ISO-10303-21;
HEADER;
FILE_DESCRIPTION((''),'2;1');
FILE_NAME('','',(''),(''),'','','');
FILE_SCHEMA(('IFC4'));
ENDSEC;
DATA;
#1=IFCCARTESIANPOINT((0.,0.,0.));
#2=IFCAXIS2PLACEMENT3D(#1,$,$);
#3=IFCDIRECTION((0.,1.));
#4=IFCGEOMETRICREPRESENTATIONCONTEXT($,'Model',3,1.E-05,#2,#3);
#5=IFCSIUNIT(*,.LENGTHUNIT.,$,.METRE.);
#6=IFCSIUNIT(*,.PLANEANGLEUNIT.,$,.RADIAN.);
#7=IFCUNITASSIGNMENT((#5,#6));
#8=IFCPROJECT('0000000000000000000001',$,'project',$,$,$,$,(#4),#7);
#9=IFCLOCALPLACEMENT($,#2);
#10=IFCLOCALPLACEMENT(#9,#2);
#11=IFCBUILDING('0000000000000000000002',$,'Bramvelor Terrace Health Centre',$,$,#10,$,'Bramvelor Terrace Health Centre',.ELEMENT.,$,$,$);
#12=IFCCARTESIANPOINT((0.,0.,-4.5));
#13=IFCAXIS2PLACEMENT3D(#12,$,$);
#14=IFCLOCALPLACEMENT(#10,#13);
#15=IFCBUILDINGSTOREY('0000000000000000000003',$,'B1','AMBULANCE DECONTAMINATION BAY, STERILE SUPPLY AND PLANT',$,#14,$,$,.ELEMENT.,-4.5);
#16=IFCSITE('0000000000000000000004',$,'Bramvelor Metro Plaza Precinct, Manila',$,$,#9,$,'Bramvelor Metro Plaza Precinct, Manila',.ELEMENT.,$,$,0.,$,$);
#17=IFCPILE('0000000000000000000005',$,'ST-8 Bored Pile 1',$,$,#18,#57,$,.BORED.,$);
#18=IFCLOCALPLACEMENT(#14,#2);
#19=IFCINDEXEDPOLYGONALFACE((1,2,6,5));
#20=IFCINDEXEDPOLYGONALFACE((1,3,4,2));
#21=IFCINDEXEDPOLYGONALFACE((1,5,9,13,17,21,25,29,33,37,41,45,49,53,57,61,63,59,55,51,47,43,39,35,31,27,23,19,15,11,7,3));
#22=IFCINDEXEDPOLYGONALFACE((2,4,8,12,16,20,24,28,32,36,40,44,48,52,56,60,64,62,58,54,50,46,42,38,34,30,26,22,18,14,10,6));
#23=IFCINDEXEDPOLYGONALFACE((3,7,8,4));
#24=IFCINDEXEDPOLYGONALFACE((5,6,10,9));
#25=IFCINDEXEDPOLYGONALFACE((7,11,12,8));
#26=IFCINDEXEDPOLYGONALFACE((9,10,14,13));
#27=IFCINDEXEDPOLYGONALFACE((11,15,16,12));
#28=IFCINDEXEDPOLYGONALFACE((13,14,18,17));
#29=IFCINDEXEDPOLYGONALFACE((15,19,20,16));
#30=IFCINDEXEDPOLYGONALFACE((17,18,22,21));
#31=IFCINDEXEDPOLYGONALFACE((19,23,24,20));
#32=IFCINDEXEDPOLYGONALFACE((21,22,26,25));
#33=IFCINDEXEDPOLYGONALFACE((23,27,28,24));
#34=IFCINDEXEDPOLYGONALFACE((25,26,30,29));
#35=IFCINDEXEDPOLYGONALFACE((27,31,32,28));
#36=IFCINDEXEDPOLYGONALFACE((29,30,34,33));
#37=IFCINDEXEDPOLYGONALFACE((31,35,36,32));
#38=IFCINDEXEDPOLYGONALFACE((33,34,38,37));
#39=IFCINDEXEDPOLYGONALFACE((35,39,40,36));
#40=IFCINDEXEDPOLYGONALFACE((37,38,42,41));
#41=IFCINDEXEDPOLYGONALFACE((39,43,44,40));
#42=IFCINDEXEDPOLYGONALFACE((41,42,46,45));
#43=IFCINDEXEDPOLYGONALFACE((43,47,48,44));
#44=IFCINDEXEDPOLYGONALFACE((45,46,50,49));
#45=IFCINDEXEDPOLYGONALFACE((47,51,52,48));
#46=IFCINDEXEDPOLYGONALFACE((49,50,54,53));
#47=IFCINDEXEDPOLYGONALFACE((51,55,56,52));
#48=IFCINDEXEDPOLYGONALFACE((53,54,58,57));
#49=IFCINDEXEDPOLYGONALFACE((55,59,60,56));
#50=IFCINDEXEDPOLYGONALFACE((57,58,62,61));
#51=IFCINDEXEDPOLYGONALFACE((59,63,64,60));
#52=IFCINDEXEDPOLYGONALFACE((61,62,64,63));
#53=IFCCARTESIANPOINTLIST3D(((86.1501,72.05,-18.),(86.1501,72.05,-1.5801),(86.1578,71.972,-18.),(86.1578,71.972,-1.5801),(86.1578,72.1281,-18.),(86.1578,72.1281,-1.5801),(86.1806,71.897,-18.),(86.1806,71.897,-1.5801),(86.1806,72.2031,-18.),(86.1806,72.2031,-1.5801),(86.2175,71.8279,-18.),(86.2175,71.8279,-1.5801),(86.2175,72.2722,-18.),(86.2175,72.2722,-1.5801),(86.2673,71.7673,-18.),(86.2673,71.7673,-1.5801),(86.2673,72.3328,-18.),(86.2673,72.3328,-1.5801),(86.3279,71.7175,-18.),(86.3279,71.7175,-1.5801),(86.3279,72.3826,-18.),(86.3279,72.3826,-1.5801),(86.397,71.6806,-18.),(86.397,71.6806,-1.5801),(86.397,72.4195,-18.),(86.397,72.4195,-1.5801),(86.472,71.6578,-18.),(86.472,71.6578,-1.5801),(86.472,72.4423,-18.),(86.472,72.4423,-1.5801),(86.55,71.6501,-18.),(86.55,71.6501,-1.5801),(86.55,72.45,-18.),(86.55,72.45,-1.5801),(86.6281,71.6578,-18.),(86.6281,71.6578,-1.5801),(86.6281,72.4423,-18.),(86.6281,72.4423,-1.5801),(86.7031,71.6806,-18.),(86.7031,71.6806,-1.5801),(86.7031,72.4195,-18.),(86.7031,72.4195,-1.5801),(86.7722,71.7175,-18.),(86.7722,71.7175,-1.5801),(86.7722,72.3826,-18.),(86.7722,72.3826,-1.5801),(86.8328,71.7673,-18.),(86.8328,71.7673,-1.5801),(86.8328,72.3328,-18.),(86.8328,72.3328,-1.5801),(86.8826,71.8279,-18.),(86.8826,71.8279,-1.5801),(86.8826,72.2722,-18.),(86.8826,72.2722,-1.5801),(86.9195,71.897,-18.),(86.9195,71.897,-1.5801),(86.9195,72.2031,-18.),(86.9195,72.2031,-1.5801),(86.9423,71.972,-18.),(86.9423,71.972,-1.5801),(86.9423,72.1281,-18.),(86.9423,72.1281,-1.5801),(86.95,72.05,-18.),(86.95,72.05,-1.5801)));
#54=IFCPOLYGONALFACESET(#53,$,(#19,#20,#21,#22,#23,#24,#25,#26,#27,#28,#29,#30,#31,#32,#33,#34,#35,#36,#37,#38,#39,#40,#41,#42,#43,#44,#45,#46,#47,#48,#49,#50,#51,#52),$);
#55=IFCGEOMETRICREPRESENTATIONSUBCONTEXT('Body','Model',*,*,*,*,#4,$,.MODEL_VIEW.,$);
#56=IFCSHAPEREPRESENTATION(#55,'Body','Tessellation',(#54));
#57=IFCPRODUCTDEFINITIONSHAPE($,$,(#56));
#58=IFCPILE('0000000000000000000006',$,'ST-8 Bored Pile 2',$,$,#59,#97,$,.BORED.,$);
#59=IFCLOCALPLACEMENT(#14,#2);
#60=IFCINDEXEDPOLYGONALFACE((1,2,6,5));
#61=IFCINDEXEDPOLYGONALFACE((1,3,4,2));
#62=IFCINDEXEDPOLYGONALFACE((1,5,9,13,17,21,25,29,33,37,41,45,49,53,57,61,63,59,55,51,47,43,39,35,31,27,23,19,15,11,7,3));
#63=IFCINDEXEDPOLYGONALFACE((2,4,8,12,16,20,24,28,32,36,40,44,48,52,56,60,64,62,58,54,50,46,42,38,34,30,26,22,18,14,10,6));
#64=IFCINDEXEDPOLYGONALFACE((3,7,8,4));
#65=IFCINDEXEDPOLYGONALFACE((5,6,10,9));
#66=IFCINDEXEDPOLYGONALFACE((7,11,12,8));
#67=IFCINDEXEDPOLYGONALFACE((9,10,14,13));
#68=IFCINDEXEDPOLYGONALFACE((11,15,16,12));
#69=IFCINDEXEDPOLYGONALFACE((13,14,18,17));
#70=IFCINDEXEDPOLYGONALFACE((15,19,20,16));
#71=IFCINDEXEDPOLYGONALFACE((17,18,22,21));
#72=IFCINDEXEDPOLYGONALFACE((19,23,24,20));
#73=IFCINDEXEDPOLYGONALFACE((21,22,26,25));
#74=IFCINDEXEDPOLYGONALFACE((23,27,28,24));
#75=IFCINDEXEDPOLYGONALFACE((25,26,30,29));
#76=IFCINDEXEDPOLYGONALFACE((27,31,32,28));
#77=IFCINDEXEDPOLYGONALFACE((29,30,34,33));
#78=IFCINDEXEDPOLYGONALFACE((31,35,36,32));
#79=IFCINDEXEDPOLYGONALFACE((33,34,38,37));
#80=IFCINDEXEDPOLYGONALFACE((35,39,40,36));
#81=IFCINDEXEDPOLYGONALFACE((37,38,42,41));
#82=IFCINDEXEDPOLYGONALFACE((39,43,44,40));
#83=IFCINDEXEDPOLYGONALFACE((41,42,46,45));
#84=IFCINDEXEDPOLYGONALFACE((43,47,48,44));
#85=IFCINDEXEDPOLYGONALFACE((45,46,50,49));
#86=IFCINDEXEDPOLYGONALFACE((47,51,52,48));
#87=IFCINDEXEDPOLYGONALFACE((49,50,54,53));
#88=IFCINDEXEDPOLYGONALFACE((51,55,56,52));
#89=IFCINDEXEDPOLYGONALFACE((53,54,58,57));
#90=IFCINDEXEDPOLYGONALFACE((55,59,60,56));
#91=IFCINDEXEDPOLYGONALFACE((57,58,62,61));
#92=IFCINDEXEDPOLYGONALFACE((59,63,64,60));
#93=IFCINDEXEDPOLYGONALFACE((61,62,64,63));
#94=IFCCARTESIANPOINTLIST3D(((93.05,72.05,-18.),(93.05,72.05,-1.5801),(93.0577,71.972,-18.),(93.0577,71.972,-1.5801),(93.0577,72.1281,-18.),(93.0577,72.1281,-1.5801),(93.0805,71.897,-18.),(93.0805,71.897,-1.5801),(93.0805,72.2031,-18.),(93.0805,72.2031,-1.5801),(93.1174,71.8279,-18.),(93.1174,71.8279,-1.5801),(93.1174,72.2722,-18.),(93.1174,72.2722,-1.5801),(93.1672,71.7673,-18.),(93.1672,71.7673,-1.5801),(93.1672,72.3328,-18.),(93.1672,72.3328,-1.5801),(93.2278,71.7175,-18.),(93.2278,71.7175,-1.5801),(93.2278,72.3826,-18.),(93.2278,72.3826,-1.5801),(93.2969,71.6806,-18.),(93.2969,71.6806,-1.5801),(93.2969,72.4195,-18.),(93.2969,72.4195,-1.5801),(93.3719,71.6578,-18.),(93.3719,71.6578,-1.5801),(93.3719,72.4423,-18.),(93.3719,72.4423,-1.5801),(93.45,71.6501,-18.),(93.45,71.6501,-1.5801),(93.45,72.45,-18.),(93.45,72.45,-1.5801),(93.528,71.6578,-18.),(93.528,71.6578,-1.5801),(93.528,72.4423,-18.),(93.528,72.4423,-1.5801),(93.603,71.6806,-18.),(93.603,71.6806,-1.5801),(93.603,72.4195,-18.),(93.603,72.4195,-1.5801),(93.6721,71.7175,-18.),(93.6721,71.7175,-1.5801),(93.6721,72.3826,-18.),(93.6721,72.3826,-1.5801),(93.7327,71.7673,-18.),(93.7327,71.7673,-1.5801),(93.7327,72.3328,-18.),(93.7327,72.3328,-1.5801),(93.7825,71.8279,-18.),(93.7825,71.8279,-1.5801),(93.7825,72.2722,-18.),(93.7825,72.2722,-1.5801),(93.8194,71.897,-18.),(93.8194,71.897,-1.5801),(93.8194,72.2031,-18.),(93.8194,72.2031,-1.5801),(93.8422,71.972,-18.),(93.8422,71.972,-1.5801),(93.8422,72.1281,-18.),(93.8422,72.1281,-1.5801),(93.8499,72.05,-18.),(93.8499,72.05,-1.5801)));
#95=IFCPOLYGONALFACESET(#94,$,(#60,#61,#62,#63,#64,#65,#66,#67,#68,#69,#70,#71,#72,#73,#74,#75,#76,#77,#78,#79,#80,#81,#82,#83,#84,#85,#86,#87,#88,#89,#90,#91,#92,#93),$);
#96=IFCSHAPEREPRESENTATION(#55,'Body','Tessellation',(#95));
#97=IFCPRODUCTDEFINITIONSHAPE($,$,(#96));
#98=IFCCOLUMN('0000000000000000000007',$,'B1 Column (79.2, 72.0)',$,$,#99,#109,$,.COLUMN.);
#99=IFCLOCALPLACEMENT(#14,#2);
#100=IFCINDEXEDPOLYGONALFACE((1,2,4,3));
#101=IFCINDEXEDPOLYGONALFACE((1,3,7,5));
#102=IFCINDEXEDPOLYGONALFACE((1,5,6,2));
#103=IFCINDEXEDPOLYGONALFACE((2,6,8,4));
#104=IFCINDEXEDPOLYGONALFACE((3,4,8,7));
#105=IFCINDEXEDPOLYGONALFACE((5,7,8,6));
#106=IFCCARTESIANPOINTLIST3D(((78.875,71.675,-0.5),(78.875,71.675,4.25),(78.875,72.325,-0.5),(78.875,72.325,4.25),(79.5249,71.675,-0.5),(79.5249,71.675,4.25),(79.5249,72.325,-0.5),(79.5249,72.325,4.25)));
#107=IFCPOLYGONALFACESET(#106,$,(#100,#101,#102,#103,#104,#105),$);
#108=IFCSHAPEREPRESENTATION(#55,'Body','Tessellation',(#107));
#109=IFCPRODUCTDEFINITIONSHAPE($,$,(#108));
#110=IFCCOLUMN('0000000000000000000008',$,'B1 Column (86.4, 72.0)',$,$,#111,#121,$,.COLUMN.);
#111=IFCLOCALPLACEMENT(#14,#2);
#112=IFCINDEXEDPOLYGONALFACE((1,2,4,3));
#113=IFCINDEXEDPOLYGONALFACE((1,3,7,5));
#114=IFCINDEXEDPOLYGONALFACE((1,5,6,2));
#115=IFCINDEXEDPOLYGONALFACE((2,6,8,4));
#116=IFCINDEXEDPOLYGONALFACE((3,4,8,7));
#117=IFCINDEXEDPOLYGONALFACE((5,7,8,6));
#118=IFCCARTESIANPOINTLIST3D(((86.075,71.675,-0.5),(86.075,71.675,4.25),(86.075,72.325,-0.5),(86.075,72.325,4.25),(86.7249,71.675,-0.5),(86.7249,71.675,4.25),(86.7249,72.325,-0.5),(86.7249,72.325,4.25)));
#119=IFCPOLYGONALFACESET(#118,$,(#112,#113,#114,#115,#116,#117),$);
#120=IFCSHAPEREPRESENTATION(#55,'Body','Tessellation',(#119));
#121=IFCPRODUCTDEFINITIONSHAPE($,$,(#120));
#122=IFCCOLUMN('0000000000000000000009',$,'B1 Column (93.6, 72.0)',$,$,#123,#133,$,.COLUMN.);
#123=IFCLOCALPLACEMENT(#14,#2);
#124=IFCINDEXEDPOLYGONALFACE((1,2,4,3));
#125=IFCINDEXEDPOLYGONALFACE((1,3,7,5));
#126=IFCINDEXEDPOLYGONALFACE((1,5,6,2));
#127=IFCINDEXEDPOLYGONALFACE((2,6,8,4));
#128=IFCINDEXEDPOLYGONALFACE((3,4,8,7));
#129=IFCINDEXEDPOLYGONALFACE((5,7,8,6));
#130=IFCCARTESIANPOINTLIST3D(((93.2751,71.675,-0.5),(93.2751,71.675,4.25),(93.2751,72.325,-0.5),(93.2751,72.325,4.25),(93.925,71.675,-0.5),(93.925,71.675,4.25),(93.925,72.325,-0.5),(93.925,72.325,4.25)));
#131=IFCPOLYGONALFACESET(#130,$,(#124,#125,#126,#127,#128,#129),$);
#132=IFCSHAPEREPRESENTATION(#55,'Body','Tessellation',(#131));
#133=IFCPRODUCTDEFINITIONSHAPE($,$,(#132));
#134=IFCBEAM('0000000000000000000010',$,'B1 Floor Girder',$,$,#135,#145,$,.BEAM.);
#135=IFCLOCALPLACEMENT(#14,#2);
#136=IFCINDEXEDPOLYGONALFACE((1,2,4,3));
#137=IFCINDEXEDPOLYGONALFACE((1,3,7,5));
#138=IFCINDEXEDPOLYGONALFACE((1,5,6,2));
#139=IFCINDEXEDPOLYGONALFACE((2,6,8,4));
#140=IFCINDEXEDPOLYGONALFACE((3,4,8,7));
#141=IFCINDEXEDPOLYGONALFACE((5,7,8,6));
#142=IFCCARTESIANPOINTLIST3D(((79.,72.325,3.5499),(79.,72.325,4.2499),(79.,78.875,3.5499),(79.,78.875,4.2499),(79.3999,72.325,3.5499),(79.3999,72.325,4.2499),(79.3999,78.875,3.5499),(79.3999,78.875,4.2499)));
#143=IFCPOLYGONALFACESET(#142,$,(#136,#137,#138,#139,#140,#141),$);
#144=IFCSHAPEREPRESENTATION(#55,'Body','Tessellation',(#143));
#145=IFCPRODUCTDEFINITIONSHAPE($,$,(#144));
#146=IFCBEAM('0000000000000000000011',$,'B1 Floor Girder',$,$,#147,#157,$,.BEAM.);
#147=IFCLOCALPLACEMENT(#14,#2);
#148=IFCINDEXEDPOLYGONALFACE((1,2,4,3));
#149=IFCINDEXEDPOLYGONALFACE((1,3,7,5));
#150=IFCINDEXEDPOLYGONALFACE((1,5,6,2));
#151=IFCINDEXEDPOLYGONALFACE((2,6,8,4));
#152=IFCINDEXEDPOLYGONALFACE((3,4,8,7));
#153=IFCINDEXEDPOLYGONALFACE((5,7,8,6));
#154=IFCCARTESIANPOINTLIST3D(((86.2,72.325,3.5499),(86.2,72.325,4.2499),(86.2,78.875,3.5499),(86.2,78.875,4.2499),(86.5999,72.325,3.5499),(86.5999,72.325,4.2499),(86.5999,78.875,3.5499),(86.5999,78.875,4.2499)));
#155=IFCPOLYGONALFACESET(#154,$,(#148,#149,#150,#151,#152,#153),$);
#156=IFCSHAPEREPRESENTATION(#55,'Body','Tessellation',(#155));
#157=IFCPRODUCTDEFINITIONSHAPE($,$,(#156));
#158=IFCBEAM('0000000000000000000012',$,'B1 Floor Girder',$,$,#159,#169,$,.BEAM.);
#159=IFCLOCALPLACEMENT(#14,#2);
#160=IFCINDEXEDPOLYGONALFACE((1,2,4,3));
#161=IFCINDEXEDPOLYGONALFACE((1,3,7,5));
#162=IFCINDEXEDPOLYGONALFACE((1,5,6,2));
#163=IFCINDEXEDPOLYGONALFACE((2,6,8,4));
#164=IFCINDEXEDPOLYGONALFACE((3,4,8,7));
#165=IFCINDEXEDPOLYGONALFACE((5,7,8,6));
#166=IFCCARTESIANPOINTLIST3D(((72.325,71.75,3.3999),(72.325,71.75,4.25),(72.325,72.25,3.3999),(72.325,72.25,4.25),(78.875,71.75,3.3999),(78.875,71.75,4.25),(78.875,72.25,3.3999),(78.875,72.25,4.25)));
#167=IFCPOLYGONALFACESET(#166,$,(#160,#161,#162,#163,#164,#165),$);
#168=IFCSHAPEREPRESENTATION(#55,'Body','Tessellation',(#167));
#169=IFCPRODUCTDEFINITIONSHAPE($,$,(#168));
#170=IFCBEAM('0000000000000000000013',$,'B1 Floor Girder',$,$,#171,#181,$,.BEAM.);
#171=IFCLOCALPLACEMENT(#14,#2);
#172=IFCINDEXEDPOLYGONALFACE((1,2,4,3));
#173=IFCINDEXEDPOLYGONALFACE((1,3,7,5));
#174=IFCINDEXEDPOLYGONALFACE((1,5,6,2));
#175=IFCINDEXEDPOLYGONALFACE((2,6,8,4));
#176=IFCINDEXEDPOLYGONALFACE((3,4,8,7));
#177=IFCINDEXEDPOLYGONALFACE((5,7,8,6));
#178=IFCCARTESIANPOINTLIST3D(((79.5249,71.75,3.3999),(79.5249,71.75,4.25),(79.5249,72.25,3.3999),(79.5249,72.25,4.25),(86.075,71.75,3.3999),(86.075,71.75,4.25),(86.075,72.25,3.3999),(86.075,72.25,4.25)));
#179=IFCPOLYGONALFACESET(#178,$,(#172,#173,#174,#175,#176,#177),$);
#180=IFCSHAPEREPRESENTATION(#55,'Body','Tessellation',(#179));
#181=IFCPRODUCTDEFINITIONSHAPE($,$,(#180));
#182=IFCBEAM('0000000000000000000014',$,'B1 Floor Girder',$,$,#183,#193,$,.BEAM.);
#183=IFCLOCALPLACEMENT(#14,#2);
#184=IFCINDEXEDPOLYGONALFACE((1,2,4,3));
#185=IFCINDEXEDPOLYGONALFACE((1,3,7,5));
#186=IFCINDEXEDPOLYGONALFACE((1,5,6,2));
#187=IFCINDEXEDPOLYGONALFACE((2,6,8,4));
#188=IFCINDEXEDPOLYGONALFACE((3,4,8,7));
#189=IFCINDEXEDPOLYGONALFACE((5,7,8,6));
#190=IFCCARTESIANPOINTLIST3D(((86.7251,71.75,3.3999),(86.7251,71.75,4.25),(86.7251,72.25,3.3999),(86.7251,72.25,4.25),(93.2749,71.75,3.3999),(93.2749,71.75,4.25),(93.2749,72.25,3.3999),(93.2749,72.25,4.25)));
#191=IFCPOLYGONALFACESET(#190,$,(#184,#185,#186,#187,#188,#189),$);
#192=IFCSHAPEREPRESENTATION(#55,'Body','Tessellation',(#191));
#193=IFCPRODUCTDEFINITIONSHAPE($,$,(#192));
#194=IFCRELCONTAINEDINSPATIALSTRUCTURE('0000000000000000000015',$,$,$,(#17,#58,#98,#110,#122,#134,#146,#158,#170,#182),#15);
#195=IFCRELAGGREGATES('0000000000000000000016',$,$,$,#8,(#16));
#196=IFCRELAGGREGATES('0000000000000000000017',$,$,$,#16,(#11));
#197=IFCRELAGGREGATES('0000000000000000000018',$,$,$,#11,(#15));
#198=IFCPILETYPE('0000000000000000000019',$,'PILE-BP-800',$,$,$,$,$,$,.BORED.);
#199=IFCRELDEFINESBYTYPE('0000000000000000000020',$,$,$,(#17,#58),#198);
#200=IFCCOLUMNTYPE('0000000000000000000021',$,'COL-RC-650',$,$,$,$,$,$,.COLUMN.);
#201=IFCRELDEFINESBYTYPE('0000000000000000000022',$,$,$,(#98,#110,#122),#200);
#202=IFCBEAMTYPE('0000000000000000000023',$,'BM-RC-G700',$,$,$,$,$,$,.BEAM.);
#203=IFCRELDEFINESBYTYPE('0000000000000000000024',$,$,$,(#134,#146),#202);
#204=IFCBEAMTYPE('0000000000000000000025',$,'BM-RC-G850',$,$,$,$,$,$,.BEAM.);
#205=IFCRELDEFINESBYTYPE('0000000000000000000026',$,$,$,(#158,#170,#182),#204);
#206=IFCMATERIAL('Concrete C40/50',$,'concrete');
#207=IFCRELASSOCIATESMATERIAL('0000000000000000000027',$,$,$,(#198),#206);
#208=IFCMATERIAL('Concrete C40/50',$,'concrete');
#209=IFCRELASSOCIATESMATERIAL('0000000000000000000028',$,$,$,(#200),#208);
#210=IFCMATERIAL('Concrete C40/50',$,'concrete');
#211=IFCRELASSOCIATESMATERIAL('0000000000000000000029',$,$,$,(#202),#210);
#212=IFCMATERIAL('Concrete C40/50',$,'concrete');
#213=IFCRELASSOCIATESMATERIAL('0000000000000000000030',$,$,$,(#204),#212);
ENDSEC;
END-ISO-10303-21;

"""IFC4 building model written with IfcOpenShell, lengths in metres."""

from ifc_helpers import new_model, si_unit, direction, frame, origin, origin_2d, place, context, subcontext, project, spatial, rectangle, circle, extrude, material, material_profile, profile_set, type_object, element, save


model = new_model("IFC4")

# Units and contexts
model_context = context("Model", 3, precision=1e-05, world=origin(), true_north=direction((0.0, 1.0)))
body_context = subcontext(model_context, "Body", "Model", "MODEL_VIEW")
ifc_project = project(units=[si_unit("LENGTHUNIT", "METRE"), si_unit("PLANEANGLEUNIT", "RADIAN")], contexts=[model_context])

# Site, building, storey
site_placement = place(None, origin())
site = spatial("IfcSite", under=ifc_project, at=site_placement, Name="Bramvelor Metro Plaza Precinct, Manila", LongName="Bramvelor Metro Plaza Precinct, Manila", CompositionType="ELEMENT", RefElevation=0.0)
building_placement = place(site_placement, origin())
building = spatial("IfcBuilding", under=site, at=building_placement, Name="Bramvelor Terrace Health Centre", LongName="Bramvelor Terrace Health Centre", CompositionType="ELEMENT")
storey_placement = place(building_placement, frame((0.0, 0.0, -4.5)))
storey = spatial("IfcBuildingStorey", under=building, at=storey_placement, Name="B1", Description="AMBULANCE DECONTAMINATION BAY, STERILE SUPPLY AND PLANT", CompositionType="ELEMENT", Elevation=-4.5)

# Piles
ifc_material_1 = material(Name="Concrete C40/50", Category="concrete")
ifc_material_profile_1 = material_profile(ifc_material_1, circle(Radius=0.3999, at=origin_2d()), Name="BP D800")
ifc_profile_set_1 = profile_set([ifc_material_profile_1], Name="Concrete C40/50")
pile_type_1 = type_object("IfcPileType", Name="PILE-BP-800", PredefinedType="BORED", material=ifc_profile_set_1)
for number, where, z_axis, x_axis, name in (
    (1, (86.55, 72.05, -1.5801), (0.0, 0.0, -1.0), (1.0, 0.0, 0.0), "ST-8 Bored Pile 1"),
    (2, (93.45, 72.05, -1.5801), (0.0, 0.0, -1.0), (1.0, 0.0, 0.0), "ST-8 Bored Pile 2"),
):
    element("IfcPile", number, at=place(storey_placement, frame(where, z_axis=z_axis, x_axis=x_axis)), inside=storey, type_object=pile_type_1, Name=name, PredefinedType="BORED", context=body_context, shape_type="SweptSolid", body=[
        extrude(circle(Radius=0.3999, at=origin_2d()), origin(), (0.0, 0.0, 1.0), 16.4199),
    ])

# Columns
ifc_material_2 = material(Name="Concrete C40/50", Category="concrete")
ifc_material_profile_2 = material_profile(ifc_material_2, rectangle(XDim=0.6499, YDim=0.6499, at=origin_2d()), Name="RC 650x650")
ifc_profile_set_2 = profile_set([ifc_material_profile_2], Name="Concrete C40/50")
column_type = type_object("IfcColumnType", Name="COL-RC-650", PredefinedType="COLUMN", material=ifc_profile_set_2)
for number, where, z_axis, x_axis, name in (
    (3, (79.2, 72.0, -0.5), (0.0, 0.0, 1.0), (1.0, 0.0, 0.0), "B1 Column (79.2, 72.0)"),
    (4, (86.3999, 72.0, -0.5), (0.0, 0.0, 1.0), (1.0, 0.0, 0.0), "B1 Column (86.4, 72.0)"),
    (5, (93.6001, 72.0, -0.5), (0.0, 0.0, 1.0), (1.0, 0.0, 0.0), "B1 Column (93.6, 72.0)"),
):
    element("IfcColumn", number, at=place(storey_placement, frame(where, z_axis=z_axis, x_axis=x_axis)), inside=storey, type_object=column_type, Name=name, PredefinedType="COLUMN", context=body_context, shape_type="SweptSolid", body=[
        extrude(rectangle(XDim=0.6499, YDim=0.6499, at=origin_2d()), origin(), (0.0, 0.0, 1.0), 4.75),
    ])

# Beams
ifc_material_3 = material(Name="Concrete C40/50", Category="concrete")
ifc_material_profile_3 = material_profile(ifc_material_3, rectangle(XDim=0.3999, YDim=0.7, at=origin_2d()), Name="RC 400x700")
ifc_profile_set_3 = profile_set([ifc_material_profile_3], Name="Concrete C40/50")
beam_type_1 = type_object("IfcBeamType", Name="BM-RC-G700", PredefinedType="BEAM", material=ifc_profile_set_3)
for number, where, z_axis, x_axis, name in (
    (6, (79.2, 72.325, 3.8999), (0.0, 1.0, 0.0), (-1.0, 0.0, 0.0), "B1 Floor Girder"),
    (7, (86.3999, 72.325, 3.8999), (0.0, 1.0, 0.0), (-1.0, 0.0, 0.0), "B1 Floor Girder"),
):
    element("IfcBeam", number, at=place(storey_placement, frame(where, z_axis=z_axis, x_axis=x_axis)), inside=storey, type_object=beam_type_1, Name=name, PredefinedType="BEAM", context=body_context, shape_type="SweptSolid", body=[
        extrude(rectangle(XDim=0.3999, YDim=0.7, at=origin_2d()), origin(), (0.0, 0.0, 1.0), 6.55),
    ])
ifc_material_4 = material(Name="Concrete C40/50", Category="concrete")
ifc_material_profile_4 = material_profile(ifc_material_4, rectangle(XDim=0.5, YDim=0.8501, at=origin_2d()), Name="RC 500x850")
ifc_profile_set_4 = profile_set([ifc_material_profile_4], Name="Concrete C40/50")
beam_type_2 = type_object("IfcBeamType", Name="BM-RC-G850", PredefinedType="BEAM", material=ifc_profile_set_4)
for number, where, z_axis, x_axis, name in (
    (8, (72.325, 72.0, 3.825), (1.0, 0.0, 0.0), (0.0, 1.0, 0.0), "B1 Floor Girder"),
    (9, (79.5249, 72.0, 3.825), (1.0, 0.0, 0.0), (0.0, 1.0, 0.0), "B1 Floor Girder"),
):
    element("IfcBeam", number, at=place(storey_placement, frame(where, z_axis=z_axis, x_axis=x_axis)), inside=storey, type_object=beam_type_2, Name=name, PredefinedType="BEAM", context=body_context, shape_type="SweptSolid", body=[
        extrude(rectangle(XDim=0.5, YDim=0.8501, at=origin_2d()), origin(), (0.0, 0.0, 1.0), 6.55),
    ])
beam_placement = place(storey_placement, frame((86.7251, 72.0, 3.825), z_axis=(1.0, 0.0, 0.0), x_axis=(0.0, 1.0, 0.0)))
element("IfcBeam", 10, at=beam_placement, inside=storey, type_object=beam_type_2, Name="B1 Floor Girder", PredefinedType="BEAM", context=body_context, shape_type="SweptSolid", body=[
    extrude(rectangle(XDim=0.5, YDim=0.8501, at=origin_2d()), origin(), (0.0, 0.0, 1.0), 6.5498),
])

save(model, "model.ifc")
